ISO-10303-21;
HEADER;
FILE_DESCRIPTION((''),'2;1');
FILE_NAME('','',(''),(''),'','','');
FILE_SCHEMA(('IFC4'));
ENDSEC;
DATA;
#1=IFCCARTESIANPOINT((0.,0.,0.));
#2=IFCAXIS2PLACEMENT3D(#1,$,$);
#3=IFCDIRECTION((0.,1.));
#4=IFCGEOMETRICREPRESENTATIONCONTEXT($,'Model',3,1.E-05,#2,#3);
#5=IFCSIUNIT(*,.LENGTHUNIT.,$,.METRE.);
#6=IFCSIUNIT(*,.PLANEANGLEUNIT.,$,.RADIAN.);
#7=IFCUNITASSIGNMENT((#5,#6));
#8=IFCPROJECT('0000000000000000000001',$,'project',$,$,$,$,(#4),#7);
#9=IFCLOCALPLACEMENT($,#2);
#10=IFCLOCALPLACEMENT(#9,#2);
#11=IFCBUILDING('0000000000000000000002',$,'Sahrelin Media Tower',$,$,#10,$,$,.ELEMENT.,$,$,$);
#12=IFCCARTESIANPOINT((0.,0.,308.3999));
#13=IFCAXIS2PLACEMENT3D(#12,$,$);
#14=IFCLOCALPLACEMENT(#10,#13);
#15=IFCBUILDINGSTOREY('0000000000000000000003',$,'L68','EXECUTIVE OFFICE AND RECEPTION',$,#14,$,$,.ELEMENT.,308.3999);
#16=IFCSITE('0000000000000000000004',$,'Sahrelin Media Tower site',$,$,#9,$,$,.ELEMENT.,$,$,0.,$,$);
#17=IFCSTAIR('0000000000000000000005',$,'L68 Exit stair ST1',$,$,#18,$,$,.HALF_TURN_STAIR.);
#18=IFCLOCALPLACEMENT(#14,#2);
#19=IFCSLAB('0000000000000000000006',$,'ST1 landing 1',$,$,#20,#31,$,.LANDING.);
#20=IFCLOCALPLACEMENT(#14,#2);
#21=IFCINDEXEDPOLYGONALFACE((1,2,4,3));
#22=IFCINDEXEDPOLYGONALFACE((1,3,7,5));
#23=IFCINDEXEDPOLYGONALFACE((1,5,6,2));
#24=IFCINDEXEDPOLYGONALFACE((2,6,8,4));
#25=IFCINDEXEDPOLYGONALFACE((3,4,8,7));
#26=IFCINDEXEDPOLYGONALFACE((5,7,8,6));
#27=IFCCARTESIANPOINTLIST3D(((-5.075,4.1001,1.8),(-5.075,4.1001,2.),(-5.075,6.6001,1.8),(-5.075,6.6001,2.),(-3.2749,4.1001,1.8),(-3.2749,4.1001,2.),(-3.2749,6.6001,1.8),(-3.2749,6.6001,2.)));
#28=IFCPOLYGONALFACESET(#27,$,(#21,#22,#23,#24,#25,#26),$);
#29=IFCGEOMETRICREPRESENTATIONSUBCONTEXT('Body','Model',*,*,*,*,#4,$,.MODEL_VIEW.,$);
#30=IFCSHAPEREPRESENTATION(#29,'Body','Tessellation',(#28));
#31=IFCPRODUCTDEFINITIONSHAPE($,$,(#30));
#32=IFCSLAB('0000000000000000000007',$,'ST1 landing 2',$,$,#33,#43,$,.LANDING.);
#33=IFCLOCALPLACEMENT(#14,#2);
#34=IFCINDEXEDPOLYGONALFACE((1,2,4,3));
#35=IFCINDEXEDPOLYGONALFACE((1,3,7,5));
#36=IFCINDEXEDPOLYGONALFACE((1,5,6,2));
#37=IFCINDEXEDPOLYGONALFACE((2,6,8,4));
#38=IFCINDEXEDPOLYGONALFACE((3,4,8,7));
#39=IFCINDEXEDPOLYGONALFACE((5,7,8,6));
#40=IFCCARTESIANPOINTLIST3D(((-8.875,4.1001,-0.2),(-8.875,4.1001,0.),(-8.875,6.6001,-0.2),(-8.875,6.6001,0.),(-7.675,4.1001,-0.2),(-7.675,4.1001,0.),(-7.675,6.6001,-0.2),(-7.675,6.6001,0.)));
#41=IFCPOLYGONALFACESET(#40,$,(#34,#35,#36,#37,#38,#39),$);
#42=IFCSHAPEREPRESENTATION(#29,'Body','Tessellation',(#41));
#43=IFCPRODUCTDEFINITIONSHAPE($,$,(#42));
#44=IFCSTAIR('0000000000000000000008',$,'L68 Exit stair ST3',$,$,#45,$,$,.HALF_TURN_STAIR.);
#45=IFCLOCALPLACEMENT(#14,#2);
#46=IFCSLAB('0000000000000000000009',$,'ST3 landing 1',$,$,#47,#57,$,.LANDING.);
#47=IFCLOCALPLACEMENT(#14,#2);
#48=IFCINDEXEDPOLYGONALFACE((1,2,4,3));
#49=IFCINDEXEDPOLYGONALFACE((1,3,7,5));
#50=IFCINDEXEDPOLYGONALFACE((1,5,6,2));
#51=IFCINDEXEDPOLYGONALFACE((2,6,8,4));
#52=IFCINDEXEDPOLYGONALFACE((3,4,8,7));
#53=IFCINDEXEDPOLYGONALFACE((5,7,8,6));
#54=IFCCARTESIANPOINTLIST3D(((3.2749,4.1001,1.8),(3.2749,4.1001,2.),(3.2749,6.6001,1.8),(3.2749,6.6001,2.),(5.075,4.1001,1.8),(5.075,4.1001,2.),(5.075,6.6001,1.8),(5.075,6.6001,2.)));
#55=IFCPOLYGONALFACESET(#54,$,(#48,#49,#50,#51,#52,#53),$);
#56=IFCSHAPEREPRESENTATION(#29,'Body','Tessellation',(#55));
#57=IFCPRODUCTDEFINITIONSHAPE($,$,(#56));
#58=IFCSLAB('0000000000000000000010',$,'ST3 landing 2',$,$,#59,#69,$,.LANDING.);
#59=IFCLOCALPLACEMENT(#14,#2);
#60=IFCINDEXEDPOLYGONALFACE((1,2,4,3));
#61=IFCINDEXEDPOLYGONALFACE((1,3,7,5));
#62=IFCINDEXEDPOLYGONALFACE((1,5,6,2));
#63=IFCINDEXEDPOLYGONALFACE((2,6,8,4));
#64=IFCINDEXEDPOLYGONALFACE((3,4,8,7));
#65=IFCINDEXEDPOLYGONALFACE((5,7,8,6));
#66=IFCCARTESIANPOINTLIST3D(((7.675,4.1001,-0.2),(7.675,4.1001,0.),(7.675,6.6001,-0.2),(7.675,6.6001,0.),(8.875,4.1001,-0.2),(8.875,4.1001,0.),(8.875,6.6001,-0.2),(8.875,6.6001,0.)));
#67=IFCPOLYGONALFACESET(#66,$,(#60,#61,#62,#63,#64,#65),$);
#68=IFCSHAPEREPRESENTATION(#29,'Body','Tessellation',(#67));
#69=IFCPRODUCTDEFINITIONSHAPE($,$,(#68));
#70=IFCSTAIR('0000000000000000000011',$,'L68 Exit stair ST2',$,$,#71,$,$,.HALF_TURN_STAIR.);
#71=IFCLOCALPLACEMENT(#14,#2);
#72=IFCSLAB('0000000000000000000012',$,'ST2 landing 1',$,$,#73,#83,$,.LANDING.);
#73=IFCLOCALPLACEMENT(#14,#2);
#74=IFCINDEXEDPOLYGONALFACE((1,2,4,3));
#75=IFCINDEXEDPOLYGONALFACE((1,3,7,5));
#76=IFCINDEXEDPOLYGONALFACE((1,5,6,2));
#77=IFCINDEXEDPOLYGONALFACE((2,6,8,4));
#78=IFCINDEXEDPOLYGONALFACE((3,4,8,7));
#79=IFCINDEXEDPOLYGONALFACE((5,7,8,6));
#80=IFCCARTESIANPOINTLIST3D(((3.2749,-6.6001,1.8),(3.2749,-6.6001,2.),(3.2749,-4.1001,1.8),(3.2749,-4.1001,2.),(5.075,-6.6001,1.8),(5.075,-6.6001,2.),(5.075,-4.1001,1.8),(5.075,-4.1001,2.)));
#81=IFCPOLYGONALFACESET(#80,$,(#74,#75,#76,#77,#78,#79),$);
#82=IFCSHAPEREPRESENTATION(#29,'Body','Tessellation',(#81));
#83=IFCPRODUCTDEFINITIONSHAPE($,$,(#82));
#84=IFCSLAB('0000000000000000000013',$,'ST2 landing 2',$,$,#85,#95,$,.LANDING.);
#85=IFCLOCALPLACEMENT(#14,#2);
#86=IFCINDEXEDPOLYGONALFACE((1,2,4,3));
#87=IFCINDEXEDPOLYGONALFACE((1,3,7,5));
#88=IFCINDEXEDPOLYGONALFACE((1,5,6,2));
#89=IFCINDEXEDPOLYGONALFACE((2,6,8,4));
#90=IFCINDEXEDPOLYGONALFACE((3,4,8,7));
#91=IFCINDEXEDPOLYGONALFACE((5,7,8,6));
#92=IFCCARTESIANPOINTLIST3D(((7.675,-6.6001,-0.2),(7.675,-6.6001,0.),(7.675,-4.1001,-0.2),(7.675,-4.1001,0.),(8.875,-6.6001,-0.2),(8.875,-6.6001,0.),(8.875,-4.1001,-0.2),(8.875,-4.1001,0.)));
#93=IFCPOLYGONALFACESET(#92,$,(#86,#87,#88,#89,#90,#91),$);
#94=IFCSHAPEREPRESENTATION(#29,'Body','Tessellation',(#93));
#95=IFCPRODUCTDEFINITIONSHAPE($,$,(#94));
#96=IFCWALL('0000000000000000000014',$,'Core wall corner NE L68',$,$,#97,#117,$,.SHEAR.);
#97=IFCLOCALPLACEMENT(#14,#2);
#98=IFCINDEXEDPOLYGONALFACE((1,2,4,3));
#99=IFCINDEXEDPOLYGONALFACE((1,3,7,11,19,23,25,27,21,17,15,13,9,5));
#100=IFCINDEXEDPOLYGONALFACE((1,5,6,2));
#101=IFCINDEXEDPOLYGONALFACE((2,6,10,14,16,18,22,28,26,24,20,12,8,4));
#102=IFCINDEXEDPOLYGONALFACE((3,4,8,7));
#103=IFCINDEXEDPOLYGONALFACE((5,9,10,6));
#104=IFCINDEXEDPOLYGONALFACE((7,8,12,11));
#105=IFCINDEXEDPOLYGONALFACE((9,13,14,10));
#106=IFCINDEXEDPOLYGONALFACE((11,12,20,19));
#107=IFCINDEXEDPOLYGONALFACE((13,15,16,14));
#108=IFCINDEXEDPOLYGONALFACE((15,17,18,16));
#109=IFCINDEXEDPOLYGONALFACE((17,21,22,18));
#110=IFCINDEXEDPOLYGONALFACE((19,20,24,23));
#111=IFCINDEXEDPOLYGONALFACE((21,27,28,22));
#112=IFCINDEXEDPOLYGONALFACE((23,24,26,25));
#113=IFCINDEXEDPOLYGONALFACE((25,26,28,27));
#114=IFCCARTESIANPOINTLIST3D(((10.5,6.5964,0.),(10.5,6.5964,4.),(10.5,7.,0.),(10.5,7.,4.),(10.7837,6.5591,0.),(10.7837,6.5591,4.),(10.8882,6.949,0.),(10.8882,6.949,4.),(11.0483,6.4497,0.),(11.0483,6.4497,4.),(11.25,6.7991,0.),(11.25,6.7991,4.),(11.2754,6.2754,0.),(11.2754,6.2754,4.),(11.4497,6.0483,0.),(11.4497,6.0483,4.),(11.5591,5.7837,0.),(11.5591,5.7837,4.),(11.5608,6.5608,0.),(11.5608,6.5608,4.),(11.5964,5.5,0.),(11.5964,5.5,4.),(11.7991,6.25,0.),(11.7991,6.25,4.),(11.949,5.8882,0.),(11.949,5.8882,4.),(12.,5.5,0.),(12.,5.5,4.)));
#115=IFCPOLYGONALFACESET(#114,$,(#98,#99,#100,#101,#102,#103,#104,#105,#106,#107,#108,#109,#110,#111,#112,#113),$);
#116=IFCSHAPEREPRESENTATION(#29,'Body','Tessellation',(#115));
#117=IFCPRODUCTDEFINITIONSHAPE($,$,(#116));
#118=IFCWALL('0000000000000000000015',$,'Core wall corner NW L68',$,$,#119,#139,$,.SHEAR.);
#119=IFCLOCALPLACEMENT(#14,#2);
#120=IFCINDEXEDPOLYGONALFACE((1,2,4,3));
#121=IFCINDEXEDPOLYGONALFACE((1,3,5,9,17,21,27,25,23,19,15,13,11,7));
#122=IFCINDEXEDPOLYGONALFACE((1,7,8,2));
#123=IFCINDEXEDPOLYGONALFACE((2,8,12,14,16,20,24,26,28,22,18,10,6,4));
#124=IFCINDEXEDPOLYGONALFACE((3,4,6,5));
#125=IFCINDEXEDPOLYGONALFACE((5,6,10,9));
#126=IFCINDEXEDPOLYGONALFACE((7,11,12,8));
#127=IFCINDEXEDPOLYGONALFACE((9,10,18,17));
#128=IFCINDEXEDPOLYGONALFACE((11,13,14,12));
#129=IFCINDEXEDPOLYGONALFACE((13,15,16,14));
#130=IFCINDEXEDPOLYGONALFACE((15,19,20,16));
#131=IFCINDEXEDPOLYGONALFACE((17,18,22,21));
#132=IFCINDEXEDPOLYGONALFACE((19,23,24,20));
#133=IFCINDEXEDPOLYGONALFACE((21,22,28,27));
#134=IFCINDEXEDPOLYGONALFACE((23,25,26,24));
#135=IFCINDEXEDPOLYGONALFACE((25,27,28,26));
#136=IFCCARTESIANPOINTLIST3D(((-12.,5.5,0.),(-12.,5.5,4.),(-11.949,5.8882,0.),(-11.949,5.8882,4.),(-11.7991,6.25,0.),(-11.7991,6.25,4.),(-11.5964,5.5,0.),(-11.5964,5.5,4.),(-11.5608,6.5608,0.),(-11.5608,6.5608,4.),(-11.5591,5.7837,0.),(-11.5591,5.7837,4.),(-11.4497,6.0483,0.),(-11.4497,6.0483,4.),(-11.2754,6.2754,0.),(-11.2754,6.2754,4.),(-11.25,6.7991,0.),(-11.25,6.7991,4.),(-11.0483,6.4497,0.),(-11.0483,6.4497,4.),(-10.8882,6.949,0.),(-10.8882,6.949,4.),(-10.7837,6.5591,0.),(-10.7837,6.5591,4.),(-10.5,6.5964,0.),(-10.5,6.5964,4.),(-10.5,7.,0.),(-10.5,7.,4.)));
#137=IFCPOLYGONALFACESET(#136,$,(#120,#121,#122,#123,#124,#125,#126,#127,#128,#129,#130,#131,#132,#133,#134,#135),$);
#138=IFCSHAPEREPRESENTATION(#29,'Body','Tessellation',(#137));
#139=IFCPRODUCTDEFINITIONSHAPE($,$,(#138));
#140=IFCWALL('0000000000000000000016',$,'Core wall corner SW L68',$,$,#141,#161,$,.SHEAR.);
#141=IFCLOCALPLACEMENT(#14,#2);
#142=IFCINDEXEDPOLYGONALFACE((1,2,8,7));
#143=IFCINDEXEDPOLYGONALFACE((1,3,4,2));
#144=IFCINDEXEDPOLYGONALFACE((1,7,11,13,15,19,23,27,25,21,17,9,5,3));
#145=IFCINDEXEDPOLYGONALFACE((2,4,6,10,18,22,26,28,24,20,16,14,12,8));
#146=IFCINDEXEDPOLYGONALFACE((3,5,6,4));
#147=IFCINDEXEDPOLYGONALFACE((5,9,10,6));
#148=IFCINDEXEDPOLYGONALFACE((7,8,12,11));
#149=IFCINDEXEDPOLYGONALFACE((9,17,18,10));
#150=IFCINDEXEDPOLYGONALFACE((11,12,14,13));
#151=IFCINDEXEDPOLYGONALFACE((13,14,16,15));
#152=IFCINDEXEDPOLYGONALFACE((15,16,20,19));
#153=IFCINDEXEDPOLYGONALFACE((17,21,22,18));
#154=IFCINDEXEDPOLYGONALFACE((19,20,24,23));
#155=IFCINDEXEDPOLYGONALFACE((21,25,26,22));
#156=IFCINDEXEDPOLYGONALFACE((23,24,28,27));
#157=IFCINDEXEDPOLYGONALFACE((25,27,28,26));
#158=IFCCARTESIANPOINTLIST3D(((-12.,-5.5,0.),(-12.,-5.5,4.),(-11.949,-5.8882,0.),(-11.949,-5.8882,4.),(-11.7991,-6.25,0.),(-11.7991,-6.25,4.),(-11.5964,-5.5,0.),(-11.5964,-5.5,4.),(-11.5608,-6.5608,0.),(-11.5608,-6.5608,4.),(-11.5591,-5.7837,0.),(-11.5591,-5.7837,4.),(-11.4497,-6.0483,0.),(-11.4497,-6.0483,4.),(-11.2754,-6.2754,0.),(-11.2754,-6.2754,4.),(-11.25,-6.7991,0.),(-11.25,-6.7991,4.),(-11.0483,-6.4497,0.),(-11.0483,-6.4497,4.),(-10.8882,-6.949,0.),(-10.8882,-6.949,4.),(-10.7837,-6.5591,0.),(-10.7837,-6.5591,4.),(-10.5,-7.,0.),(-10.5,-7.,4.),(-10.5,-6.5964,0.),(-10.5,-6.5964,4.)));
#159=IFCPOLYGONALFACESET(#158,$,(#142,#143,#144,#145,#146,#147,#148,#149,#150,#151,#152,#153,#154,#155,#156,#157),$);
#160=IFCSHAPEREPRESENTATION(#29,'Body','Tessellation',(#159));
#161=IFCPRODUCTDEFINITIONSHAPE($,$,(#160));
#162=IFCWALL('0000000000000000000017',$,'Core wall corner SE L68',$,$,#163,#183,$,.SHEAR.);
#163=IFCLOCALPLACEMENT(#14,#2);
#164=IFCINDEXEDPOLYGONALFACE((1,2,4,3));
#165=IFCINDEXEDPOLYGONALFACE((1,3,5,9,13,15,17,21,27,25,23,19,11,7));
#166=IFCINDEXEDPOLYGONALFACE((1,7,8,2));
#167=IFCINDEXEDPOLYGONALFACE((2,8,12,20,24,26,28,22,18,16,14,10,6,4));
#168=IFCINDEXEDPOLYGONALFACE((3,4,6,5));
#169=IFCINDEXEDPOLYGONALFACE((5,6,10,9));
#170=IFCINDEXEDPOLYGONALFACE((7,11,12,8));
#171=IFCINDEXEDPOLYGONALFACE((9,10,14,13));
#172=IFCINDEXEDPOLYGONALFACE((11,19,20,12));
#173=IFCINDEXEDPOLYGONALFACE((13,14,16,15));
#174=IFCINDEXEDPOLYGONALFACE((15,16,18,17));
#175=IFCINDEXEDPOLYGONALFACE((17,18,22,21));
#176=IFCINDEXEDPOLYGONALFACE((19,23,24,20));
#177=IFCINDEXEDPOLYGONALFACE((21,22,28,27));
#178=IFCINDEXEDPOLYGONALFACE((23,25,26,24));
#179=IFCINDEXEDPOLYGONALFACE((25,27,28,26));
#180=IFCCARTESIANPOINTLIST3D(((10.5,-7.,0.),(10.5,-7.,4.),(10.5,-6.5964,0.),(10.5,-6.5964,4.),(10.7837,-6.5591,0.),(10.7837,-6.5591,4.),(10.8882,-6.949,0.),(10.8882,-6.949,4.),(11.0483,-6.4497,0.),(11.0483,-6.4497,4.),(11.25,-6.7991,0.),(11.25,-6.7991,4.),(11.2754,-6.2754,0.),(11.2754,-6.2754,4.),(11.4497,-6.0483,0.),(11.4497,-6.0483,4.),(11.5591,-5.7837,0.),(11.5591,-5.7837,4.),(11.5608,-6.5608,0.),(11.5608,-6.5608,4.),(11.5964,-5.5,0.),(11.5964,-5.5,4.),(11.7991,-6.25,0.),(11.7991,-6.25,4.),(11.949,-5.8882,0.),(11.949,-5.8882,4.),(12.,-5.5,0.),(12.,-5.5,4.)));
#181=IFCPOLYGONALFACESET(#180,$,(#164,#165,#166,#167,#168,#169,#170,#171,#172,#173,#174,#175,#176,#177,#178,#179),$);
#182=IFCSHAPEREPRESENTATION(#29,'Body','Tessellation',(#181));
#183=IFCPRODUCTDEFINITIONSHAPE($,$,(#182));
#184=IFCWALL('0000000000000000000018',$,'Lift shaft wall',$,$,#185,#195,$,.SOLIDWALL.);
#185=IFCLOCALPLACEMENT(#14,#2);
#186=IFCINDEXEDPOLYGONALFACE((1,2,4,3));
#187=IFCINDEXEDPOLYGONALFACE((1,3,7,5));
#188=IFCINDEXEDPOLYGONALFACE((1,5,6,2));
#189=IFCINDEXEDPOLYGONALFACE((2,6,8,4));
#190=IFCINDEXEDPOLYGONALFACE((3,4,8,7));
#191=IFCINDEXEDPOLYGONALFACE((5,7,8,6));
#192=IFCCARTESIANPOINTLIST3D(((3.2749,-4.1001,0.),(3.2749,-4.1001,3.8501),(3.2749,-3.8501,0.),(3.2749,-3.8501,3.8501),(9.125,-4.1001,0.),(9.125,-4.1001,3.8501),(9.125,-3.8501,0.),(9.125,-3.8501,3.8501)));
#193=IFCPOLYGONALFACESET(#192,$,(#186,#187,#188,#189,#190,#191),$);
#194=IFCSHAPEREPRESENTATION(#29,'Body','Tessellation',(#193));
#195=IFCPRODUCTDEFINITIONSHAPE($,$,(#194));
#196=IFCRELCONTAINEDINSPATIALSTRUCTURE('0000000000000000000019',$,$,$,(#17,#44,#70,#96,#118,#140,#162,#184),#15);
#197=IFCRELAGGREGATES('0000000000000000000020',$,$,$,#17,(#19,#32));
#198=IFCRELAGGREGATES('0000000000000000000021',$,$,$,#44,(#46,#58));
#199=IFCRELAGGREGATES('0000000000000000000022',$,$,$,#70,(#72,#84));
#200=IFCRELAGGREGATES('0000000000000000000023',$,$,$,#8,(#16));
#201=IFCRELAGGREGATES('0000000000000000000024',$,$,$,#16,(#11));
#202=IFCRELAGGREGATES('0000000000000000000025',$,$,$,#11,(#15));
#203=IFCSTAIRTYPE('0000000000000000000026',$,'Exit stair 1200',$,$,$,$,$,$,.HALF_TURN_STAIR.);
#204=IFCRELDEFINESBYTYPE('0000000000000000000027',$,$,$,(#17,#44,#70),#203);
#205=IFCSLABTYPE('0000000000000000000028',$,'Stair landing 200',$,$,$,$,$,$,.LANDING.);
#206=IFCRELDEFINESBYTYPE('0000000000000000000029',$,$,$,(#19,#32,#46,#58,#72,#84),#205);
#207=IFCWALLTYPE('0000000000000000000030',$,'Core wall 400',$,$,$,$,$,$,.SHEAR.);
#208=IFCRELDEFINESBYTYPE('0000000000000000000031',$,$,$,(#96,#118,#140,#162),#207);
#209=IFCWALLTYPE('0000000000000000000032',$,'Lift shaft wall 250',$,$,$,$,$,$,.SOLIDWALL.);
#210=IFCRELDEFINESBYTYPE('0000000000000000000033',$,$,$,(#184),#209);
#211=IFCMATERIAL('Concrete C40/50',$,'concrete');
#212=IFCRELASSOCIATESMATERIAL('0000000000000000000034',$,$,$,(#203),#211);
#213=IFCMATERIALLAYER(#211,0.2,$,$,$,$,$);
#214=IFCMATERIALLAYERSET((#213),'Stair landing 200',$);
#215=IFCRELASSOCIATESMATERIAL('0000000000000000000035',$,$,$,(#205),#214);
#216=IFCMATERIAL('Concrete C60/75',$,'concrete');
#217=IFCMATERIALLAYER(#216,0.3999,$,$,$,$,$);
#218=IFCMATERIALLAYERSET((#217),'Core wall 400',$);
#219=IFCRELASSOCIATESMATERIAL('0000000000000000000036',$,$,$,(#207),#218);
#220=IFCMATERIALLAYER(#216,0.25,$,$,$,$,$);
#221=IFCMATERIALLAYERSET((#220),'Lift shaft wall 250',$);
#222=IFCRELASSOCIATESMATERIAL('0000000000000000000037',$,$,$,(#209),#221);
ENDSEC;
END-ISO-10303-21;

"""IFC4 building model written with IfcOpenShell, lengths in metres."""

from ifc_helpers import new_model, si_unit, direction, frame, frame_2d, origin, place, context, subcontext, project, spatial, polyline, rectangle, outline, extrude, material, layer, layer_set, type_object, element, aggregate, save


model = new_model("IFC4")

# Units and contexts
model_context = context("Model", 3, precision=1e-05, world=origin(), true_north=direction((0.0, 1.0)))
body_context = subcontext(model_context, "Body", "Model", "MODEL_VIEW")
ifc_project = project(units=[si_unit("LENGTHUNIT", "METRE"), si_unit("PLANEANGLEUNIT", "RADIAN")], contexts=[model_context])

# Site, building, storey
site_placement = place(None, origin())
site = spatial("IfcSite", under=ifc_project, at=site_placement, Name="Sahrelin Media Tower site", CompositionType="ELEMENT", RefElevation=0.0)
building_placement = place(site_placement, origin())
building = spatial("IfcBuilding", under=site, at=building_placement, Name="Sahrelin Media Tower", CompositionType="ELEMENT")
storey_placement = place(building_placement, frame((0.0, 0.0, 308.3999)))
storey = spatial("IfcBuildingStorey", under=building, at=storey_placement, Name="L68", Description="EXECUTIVE OFFICE AND RECEPTION", CompositionType="ELEMENT", Elevation=308.3999)

# Shared definitions
ifc_material_1 = material(Name="Concrete C40/50", Category="concrete")

# Stairs, slabs
stair_type = type_object("IfcStairType", Name="Exit stair 1200", PredefinedType="HALF_TURN_STAIR", material=ifc_material_1)
placement_1 = place(storey_placement, origin())
stair_1 = element("IfcStair", 1, at=placement_1, inside=storey, type_object=stair_type, Name="L68 Exit stair ST1", PredefinedType="HALF_TURN_STAIR")
ifc_layer_1 = layer(ifc_material_1, 0.2)
ifc_layer_set_1 = layer_set([ifc_layer_1], Name="Stair landing 200")
slab_type_1 = type_object("IfcSlabType", Name="Stair landing 200", PredefinedType="LANDING", material=ifc_layer_set_1)
placement_2 = place(storey_placement, frame((0.0, 0.0, 1.8)))
slab_1 = element("IfcSlab", 2, at=placement_2, type_object=slab_type_1, Name="ST1 landing 1", PredefinedType="LANDING", context=body_context, shape_type="SweptSolid", body=[
    extrude(outline(polyline([(-5.075, 4.1001), (-3.2749, 4.1001), (-3.2749, 6.6001), (-5.075, 6.6001), (-5.075, 4.1001)])), origin(), (0.0, 0.0, 1.0), 0.2),
])
placement_3 = place(storey_placement, frame((0.0, 0.0, -0.2)))
slab_2 = element("IfcSlab", 3, at=placement_3, type_object=slab_type_1, Name="ST1 landing 2", PredefinedType="LANDING", context=body_context, shape_type="SweptSolid", body=[
    extrude(outline(polyline([(-8.875, 4.1001), (-7.675, 4.1001), (-7.675, 6.6001), (-8.875, 6.6001), (-8.875, 4.1001)])), origin(), (0.0, 0.0, 1.0), 0.2),
])
aggregate(stair_1, [slab_1, slab_2])
stair_2 = element("IfcStair", 4, at=placement_1, inside=storey, type_object=stair_type, Name="L68 Exit stair ST3", PredefinedType="HALF_TURN_STAIR")
slab_3 = element("IfcSlab", 5, at=placement_2, type_object=slab_type_1, Name="ST3 landing 1", PredefinedType="LANDING", context=body_context, shape_type="SweptSolid", body=[
    extrude(outline(polyline([(5.075, 6.6001), (3.2749, 6.6001), (3.2749, 4.1001), (5.075, 4.1001), (5.075, 6.6001)])), origin(), (0.0, 0.0, 1.0), 0.2),
])
slab_4 = element("IfcSlab", 6, at=placement_3, type_object=slab_type_1, Name="ST3 landing 2", PredefinedType="LANDING", context=body_context, shape_type="SweptSolid", body=[
    extrude(outline(polyline([(8.875, 6.6001), (7.675, 6.6001), (7.675, 4.1001), (8.875, 4.1001), (8.875, 6.6001)])), origin(), (0.0, 0.0, 1.0), 0.2),
])
aggregate(stair_2, [slab_3, slab_4])
stair_3 = element("IfcStair", 7, at=placement_1, inside=storey, type_object=stair_type, Name="L68 Exit stair ST2", PredefinedType="HALF_TURN_STAIR")
slab_5 = element("IfcSlab", 8, at=placement_2, type_object=slab_type_1, Name="ST2 landing 1", PredefinedType="LANDING", context=body_context, shape_type="SweptSolid", body=[
    extrude(outline(polyline([(5.075, -4.1001), (3.2749, -4.1001), (3.2749, -6.6001), (5.075, -6.6001), (5.075, -4.1001)])), origin(), (0.0, 0.0, 1.0), 0.2),
])
slab_6 = element("IfcSlab", 9, at=placement_3, type_object=slab_type_1, Name="ST2 landing 2", PredefinedType="LANDING", context=body_context, shape_type="SweptSolid", body=[
    extrude(outline(polyline([(8.875, -4.1001), (7.675, -4.1001), (7.675, -6.6001), (8.875, -6.6001), (8.875, -4.1001)])), origin(), (0.0, 0.0, 1.0), 0.2),
])
aggregate(stair_3, [slab_5, slab_6])

# Walls
ifc_material_2 = material(Name="Concrete C60/75", Category="concrete")
ifc_layer_2 = layer(ifc_material_2, 0.3999)
ifc_layer_set_2 = layer_set([ifc_layer_2], Name="Core wall 400")
wall_type_1 = type_object("IfcWallType", Name="Core wall 400", PredefinedType="SHEAR", material=ifc_layer_set_2)
element("IfcWall", 10, at=placement_1, inside=storey, type_object=wall_type_1, Name="Core wall corner NE L68", PredefinedType="SHEAR", context=body_context, shape_type="SweptSolid", body=[
    extrude(outline(polyline([(10.5, 7.0), (10.5, 6.5964), (10.7837, 6.5591), (11.0483, 6.4497), (11.2754, 6.2754), (11.4497, 6.0483), (11.5591, 5.7837), (11.5964, 5.5), (12.0, 5.5), (11.949, 5.8882), (11.7991, 6.25), (11.5608, 6.5608), (11.25, 6.7991), (10.8882, 6.949), (10.5, 7.0)])), origin(), (0.0, 0.0, 1.0), 4.0),
])
element("IfcWall", 11, at=placement_1, inside=storey, type_object=wall_type_1, Name="Core wall corner NW L68", PredefinedType="SHEAR", context=body_context, shape_type="SweptSolid", body=[
    extrude(outline(polyline([(-12.0, 5.5), (-11.5964, 5.5), (-11.5591, 5.7837), (-11.4497, 6.0483), (-11.2754, 6.2754), (-11.0483, 6.4497), (-10.7837, 6.5591), (-10.5, 6.5964), (-10.5, 7.0), (-10.8882, 6.949), (-11.25, 6.7991), (-11.5608, 6.5608), (-11.7991, 6.25), (-11.949, 5.8882), (-12.0, 5.5)])), origin(), (0.0, 0.0, 1.0), 4.0),
])
element("IfcWall", 12, at=placement_1, inside=storey, type_object=wall_type_1, Name="Core wall corner SW L68", PredefinedType="SHEAR", context=body_context, shape_type="SweptSolid", body=[
    extrude(outline(polyline([(-10.5, -7.0), (-10.5, -6.5964), (-10.7837, -6.5591), (-11.0483, -6.4497), (-11.2754, -6.2754), (-11.4497, -6.0483), (-11.5591, -5.7837), (-11.5964, -5.5), (-12.0, -5.5), (-11.949, -5.8882), (-11.7991, -6.25), (-11.5608, -6.5608), (-11.25, -6.7991), (-10.8882, -6.949), (-10.5, -7.0)])), origin(), (0.0, 0.0, 1.0), 4.0),
])
element("IfcWall", 13, at=placement_1, inside=storey, type_object=wall_type_1, Name="Core wall corner SE L68", PredefinedType="SHEAR", context=body_context, shape_type="SweptSolid", body=[
    extrude(outline(polyline([(12.0, -5.5), (11.5964, -5.5), (11.5591, -5.7837), (11.4497, -6.0483), (11.2754, -6.2754), (11.0483, -6.4497), (10.7837, -6.5591), (10.5, -6.5964), (10.5, -7.0), (10.8882, -6.949), (11.25, -6.7991), (11.5608, -6.5608), (11.7991, -6.25), (11.949, -5.8882), (12.0, -5.5)])), origin(), (0.0, 0.0, 1.0), 4.0),
])
ifc_layer_3 = layer(ifc_material_2, 0.25)
ifc_layer_set_3 = layer_set([ifc_layer_3], Name="Lift shaft wall 250")
wall_type_2 = type_object("IfcWallType", Name="Lift shaft wall 250", PredefinedType="SOLIDWALL", material=ifc_layer_set_3)
wall_1_placement = place(storey_placement, frame((3.2749, -3.9751, 0.0), z_axis=(0.0, 0.0, 1.0), x_axis=(1.0, 0.0, 0.0)))
element("IfcWall", 14, at=wall_1_placement, inside=storey, type_object=wall_type_2, Name="Lift shaft wall", PredefinedType="SOLIDWALL", context=body_context, shape_type="SweptSolid", body=[
    extrude(rectangle(XDim=5.8501, YDim=0.25, at=frame_2d((2.925, 0.0))), origin(), (0.0, 0.0, 1.0), 3.8501),
])

save(model, "model.ifc")
